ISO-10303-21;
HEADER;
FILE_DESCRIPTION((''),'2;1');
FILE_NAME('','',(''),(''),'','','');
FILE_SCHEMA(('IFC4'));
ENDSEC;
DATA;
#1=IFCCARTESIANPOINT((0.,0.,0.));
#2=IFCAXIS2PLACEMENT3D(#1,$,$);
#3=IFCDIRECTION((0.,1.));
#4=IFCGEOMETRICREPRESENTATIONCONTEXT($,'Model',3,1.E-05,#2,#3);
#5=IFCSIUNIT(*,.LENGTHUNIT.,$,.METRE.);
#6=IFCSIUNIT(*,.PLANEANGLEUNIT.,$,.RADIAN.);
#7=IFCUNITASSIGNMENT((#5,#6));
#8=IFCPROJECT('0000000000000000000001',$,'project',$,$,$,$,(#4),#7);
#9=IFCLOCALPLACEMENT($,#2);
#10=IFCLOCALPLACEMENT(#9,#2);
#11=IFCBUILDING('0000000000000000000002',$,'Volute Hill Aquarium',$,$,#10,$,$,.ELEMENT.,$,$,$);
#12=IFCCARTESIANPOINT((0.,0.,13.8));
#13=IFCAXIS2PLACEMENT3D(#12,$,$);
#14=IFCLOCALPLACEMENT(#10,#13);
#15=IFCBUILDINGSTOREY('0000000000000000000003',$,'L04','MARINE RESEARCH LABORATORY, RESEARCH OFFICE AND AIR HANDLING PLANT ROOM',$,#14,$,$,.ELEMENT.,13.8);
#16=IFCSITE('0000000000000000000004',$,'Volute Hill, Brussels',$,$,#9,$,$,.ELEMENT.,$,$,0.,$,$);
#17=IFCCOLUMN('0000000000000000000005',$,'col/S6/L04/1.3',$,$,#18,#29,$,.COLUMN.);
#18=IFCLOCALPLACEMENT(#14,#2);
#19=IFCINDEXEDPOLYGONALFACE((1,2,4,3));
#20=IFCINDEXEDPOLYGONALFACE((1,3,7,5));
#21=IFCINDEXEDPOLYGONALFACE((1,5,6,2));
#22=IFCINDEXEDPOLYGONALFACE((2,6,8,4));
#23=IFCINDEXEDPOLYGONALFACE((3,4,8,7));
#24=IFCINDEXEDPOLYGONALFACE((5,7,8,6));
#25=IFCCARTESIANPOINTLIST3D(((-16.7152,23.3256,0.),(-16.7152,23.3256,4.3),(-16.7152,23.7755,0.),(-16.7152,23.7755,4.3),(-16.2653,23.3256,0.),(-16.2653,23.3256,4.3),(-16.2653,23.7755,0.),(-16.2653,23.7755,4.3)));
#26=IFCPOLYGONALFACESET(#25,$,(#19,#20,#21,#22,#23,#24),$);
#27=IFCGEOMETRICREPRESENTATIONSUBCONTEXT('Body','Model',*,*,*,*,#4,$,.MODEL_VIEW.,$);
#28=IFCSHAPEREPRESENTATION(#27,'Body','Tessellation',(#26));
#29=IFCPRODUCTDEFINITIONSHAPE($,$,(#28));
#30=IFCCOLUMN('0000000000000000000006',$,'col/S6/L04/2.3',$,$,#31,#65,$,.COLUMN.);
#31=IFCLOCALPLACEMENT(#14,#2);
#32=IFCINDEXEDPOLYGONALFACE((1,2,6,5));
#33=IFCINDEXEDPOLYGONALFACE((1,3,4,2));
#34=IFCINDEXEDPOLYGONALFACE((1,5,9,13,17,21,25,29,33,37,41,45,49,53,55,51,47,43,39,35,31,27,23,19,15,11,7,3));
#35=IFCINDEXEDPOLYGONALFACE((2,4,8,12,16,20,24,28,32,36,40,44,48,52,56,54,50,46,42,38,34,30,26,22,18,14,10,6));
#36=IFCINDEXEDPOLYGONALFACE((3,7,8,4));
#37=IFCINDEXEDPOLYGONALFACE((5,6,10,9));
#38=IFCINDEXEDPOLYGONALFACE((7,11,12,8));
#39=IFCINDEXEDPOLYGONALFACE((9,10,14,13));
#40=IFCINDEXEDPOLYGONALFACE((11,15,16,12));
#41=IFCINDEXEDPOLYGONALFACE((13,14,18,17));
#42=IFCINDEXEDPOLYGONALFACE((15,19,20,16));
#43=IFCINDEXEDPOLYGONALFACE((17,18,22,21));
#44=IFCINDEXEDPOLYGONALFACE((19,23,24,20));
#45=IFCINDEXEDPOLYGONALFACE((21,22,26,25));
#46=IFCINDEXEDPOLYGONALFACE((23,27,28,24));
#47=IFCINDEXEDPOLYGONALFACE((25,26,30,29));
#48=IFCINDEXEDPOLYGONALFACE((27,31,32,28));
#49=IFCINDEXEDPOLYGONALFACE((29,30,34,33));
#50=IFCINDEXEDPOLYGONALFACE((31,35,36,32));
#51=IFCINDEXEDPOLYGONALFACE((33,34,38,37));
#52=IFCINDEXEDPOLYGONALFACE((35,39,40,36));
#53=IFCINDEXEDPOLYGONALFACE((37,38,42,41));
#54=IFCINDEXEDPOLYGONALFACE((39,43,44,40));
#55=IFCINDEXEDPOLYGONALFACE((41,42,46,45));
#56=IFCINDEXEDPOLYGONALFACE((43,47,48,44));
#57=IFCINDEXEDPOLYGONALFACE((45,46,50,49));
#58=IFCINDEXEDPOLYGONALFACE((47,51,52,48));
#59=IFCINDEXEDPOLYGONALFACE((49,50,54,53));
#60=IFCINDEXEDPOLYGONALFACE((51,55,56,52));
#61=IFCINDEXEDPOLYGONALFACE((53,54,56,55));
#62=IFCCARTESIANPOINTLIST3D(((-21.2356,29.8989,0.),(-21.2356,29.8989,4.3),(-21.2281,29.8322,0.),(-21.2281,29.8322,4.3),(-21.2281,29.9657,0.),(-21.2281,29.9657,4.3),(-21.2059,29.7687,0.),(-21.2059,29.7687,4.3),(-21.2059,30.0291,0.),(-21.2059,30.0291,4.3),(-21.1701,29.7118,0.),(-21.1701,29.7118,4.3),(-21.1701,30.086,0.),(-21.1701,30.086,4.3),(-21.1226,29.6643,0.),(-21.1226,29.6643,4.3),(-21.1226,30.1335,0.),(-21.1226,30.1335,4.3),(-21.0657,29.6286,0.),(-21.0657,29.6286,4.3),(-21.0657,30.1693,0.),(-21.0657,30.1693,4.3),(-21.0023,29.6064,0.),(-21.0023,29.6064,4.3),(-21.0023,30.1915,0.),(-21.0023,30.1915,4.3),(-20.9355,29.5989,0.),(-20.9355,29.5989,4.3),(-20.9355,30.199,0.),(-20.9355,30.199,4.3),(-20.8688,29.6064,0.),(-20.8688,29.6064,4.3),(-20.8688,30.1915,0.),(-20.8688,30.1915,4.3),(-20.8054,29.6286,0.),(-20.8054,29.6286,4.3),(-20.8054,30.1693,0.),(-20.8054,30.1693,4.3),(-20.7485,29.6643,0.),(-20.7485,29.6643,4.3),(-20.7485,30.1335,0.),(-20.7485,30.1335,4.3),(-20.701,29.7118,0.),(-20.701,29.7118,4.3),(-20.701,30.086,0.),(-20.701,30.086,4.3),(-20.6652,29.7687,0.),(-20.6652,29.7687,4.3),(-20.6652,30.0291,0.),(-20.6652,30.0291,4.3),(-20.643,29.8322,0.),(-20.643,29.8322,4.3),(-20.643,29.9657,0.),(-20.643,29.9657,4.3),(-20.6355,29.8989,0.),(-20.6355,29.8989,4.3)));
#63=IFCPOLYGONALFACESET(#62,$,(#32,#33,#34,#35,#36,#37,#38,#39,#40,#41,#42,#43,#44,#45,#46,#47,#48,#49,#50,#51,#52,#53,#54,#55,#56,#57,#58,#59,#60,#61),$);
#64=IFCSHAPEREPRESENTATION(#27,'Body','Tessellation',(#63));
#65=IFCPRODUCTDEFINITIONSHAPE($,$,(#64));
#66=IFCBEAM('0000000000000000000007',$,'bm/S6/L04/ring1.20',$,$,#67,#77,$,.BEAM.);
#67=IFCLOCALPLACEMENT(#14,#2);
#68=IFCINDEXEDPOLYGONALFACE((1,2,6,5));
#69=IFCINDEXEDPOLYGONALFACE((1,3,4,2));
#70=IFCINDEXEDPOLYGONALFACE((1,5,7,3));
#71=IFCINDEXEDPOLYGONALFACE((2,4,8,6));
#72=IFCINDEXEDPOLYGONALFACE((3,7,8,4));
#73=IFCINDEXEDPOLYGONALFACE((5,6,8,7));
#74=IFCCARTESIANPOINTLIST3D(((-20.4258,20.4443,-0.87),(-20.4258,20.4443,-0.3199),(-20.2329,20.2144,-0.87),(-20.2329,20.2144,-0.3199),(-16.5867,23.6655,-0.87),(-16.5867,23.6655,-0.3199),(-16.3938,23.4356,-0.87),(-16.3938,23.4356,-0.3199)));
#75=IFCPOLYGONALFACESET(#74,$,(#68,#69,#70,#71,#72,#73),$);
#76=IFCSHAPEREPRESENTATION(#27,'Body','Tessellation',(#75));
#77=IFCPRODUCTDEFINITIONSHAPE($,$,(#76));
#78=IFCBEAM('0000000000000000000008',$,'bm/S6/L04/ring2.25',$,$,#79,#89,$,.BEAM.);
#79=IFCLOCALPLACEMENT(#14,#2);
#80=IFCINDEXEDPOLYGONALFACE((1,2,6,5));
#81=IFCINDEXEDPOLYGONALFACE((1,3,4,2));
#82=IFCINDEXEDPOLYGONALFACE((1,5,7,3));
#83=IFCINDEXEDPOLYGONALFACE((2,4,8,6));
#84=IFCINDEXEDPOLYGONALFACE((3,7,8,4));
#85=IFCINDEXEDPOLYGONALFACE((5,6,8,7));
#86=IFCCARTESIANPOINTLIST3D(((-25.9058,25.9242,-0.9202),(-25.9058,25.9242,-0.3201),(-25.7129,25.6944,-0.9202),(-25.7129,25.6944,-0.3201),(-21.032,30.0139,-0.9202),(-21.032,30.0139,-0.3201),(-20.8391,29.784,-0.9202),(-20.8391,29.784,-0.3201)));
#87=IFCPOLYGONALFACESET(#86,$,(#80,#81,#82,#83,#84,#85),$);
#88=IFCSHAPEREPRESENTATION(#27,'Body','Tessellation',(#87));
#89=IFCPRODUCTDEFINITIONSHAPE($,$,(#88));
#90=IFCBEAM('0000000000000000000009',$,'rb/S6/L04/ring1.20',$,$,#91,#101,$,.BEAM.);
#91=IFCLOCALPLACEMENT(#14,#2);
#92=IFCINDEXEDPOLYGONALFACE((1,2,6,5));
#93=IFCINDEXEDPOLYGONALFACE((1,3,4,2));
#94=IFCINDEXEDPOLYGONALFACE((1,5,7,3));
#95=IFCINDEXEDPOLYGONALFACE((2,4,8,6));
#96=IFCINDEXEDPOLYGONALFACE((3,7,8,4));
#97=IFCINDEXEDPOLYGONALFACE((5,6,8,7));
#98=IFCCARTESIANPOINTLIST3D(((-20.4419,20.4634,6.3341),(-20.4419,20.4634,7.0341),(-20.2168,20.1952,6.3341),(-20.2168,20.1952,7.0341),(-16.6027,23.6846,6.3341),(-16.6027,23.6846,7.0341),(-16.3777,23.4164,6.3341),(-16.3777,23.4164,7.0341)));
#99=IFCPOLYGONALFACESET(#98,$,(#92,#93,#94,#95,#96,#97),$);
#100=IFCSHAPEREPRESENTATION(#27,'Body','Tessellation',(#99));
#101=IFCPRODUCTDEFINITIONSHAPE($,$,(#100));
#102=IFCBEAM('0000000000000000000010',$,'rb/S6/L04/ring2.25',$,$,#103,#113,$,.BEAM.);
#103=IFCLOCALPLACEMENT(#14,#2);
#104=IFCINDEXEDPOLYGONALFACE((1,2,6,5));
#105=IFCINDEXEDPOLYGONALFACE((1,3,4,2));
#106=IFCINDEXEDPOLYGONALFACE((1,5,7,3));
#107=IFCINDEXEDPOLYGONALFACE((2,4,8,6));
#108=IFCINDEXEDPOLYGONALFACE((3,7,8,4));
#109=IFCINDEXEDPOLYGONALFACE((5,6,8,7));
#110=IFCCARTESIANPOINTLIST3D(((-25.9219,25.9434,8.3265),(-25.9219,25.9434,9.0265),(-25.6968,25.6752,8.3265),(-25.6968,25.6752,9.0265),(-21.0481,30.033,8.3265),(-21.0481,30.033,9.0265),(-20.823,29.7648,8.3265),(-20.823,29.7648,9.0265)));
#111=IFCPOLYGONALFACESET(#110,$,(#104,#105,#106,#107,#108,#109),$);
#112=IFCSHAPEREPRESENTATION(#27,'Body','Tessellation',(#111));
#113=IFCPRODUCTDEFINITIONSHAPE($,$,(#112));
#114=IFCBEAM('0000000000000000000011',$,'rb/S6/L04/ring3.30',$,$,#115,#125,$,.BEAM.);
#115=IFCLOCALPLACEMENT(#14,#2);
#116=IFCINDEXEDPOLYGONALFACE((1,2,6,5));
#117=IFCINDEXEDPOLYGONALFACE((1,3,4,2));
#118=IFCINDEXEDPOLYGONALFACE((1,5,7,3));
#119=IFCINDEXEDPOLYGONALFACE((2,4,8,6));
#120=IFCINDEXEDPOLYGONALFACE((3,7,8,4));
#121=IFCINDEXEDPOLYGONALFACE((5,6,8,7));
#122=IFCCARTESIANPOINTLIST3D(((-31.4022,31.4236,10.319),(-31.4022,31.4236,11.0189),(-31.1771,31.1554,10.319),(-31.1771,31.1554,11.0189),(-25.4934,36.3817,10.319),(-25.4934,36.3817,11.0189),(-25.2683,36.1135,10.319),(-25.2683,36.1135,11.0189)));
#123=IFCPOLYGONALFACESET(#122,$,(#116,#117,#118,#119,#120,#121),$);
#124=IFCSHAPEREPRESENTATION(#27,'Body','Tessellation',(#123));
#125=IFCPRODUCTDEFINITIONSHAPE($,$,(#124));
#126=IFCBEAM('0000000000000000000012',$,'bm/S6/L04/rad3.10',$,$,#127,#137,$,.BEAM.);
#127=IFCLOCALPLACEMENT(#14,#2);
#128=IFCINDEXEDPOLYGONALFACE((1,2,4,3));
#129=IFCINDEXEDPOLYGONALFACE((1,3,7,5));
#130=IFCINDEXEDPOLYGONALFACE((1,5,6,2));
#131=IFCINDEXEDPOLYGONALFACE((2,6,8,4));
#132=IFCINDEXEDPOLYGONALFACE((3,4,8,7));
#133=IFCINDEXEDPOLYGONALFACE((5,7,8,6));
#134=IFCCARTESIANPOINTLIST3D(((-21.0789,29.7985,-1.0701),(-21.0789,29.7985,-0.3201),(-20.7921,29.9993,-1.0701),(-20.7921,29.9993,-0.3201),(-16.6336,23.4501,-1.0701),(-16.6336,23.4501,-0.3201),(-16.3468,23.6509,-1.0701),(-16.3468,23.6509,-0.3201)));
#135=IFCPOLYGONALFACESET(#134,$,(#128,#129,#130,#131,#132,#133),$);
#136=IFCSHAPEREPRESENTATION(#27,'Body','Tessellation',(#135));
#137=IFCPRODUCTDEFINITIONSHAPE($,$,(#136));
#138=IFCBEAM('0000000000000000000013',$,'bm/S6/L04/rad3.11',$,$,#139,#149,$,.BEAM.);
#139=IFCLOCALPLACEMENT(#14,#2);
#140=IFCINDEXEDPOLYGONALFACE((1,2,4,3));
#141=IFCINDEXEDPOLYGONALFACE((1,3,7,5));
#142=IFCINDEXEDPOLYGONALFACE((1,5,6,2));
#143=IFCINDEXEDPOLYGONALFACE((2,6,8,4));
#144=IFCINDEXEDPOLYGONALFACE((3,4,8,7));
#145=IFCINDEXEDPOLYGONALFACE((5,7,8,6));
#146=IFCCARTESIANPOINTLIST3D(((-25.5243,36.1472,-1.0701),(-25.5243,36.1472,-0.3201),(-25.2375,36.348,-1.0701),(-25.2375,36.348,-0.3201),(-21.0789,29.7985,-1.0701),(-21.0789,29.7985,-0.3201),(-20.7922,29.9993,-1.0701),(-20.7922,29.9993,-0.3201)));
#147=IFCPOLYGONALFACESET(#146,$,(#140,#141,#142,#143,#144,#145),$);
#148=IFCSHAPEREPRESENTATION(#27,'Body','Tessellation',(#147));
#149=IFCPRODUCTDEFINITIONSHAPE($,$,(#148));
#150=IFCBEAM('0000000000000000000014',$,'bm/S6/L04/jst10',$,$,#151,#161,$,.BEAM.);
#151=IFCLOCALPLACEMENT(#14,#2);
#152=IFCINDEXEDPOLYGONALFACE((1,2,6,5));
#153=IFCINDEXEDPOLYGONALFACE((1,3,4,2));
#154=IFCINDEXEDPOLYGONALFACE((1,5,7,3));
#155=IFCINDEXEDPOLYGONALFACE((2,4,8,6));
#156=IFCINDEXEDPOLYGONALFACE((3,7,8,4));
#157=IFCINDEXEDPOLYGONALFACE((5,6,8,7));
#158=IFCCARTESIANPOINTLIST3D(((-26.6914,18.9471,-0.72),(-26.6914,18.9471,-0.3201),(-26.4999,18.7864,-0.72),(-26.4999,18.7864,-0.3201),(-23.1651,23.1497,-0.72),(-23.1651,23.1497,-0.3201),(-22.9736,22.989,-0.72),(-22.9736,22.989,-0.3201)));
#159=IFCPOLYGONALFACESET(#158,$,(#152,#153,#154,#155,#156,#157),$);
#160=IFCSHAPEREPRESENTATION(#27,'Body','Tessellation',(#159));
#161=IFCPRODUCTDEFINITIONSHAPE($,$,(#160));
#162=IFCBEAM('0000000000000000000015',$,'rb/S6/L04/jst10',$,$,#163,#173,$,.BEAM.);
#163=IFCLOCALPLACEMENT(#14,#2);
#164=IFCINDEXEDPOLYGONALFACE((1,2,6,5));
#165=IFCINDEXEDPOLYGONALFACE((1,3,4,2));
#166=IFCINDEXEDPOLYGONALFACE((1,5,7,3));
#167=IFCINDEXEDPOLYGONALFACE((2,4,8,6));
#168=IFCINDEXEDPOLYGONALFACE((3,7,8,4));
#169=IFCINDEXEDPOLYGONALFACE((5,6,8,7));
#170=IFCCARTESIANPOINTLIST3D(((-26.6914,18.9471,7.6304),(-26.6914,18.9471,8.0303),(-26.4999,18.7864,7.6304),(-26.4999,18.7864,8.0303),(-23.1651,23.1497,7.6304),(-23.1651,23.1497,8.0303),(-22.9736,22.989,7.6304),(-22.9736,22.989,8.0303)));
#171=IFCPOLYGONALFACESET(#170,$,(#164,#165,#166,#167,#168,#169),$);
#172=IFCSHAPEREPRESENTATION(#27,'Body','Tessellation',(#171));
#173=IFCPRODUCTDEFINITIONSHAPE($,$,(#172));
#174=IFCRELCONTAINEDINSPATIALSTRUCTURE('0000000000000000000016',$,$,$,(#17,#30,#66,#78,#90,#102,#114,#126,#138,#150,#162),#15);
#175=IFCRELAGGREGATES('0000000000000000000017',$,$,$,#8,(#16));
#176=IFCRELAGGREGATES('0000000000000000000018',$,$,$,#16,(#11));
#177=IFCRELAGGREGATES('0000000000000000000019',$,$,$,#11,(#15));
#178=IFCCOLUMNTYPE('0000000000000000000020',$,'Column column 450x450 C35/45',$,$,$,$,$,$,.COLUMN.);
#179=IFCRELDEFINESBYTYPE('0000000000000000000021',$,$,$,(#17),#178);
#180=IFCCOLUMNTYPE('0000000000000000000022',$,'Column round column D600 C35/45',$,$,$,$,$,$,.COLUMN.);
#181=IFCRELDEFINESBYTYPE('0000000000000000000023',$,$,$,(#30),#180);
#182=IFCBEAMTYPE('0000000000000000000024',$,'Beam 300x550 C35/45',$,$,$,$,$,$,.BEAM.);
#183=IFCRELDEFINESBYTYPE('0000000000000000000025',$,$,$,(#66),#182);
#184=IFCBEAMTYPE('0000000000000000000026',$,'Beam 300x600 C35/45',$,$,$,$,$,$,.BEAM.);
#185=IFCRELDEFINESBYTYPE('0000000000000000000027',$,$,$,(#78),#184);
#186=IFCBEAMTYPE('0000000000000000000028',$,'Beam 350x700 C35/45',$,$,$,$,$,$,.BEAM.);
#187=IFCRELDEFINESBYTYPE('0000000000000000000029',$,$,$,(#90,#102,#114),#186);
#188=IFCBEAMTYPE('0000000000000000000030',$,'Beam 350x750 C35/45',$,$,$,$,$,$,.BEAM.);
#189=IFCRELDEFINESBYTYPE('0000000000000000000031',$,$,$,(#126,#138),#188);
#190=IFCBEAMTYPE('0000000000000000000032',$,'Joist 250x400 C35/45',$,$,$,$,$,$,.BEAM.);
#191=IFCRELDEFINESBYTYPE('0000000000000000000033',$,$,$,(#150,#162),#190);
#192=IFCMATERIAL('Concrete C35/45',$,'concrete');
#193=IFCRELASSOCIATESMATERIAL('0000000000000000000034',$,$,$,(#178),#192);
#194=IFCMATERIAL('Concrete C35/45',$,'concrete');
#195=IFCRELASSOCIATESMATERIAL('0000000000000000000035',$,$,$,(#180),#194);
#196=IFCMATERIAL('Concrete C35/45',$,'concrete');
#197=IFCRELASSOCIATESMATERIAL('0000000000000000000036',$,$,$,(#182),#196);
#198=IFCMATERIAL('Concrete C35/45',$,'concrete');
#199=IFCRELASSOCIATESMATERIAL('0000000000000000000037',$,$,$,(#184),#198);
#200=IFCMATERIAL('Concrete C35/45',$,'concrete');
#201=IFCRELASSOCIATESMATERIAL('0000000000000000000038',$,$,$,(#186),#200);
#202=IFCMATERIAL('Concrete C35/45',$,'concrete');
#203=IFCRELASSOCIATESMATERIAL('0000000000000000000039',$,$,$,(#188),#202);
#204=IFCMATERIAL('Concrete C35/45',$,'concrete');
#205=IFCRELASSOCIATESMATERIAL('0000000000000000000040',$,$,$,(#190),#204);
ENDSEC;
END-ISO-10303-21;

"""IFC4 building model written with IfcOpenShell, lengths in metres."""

from ifc_helpers import new_model, si_unit, direction, frame, origin, origin_2d, place, context, subcontext, project, spatial, rectangle, circle, extrude, material, material_profile, profile_set, type_object, element, save


model = new_model("IFC4")

# Units and contexts
model_context = context("Model", 3, precision=1e-05, world=origin(), true_north=direction((0.0, 1.0)))
body_context = subcontext(model_context, "Body", "Model", "MODEL_VIEW")
ifc_project = project(units=[si_unit("LENGTHUNIT", "METRE"), si_unit("PLANEANGLEUNIT", "RADIAN")], contexts=[model_context])

# Site, building, storey
site_placement = place(None, origin())
site = spatial("IfcSite", under=ifc_project, at=site_placement, Name="Volute Hill, Brussels", CompositionType="ELEMENT", RefElevation=0.0)
building_placement = place(site_placement, origin())
building = spatial("IfcBuilding", under=site, at=building_placement, Name="Volute Hill Aquarium", CompositionType="ELEMENT")
storey_placement = place(building_placement, frame((0.0, 0.0, 13.8)))
storey = spatial("IfcBuildingStorey", under=building, at=storey_placement, Name="L04", Description="MARINE RESEARCH LABORATORY, RESEARCH OFFICE AND AIR HANDLING PLANT ROOM", CompositionType="ELEMENT", Elevation=13.8)

# Columns
ifc_material_1 = material(Name="Concrete C35/45", Category="concrete")
ifc_material_profile_1 = material_profile(ifc_material_1, rectangle(XDim=0.45, YDim=0.45, at=origin_2d()), Name="RC column 450x450")
ifc_profile_set_1 = profile_set([ifc_material_profile_1], Name="Concrete C35/45")
column_type_1 = type_object("IfcColumnType", Name="Column column 450x450 C35/45", PredefinedType="COLUMN", material=ifc_profile_set_1)
column_1_placement = place(storey_placement, frame((-16.4902, 23.5505, 0.0), z_axis=(0.0, 0.0, 1.0), x_axis=(1.0, 0.0, 0.0)))
element("IfcColumn", 1, at=column_1_placement, inside=storey, type_object=column_type_1, Name="col/S6/L04/1.3", PredefinedType="COLUMN", context=body_context, shape_type="SweptSolid", body=[
    extrude(rectangle(XDim=0.45, YDim=0.45, at=origin_2d()), origin(), (0.0, 0.0, 1.0), 4.3),
])
ifc_material_2 = material(Name="Concrete C35/45", Category="concrete")
ifc_material_profile_2 = material_profile(ifc_material_2, circle(Radius=0.3, at=origin_2d()), Name="RC round column D600")
ifc_profile_set_2 = profile_set([ifc_material_profile_2], Name="Concrete C35/45")
column_type_2 = type_object("IfcColumnType", Name="Column round column D600 C35/45", PredefinedType="COLUMN", material=ifc_profile_set_2)
column_2_placement = place(storey_placement, frame((-20.9355, 29.8989, 0.0), z_axis=(0.0, 0.0, 1.0), x_axis=(1.0, 0.0, 0.0)))
element("IfcColumn", 2, at=column_2_placement, inside=storey, type_object=column_type_2, Name="col/S6/L04/2.3", PredefinedType="COLUMN", context=body_context, shape_type="SweptSolid", body=[
    extrude(circle(Radius=0.3, at=origin_2d()), origin(), (0.0, 0.0, 1.0), 4.3),
])

# Beams
ifc_material_3 = material(Name="Concrete C35/45", Category="concrete")
ifc_material_profile_3 = material_profile(ifc_material_3, rectangle(XDim=0.3, YDim=0.55, at=origin_2d()), Name="RC beam 300x550")
ifc_profile_set_3 = profile_set([ifc_material_profile_3], Name="Concrete C35/45")
beam_type_1 = type_object("IfcBeamType", Name="Beam 300x550 C35/45", PredefinedType="BEAM", material=ifc_profile_set_3)
beam_1_placement = place(storey_placement, frame((-16.4902, 23.5505, -0.595), z_axis=(-0.766065, -0.642764, 0.0), x_axis=(0.642764, -0.766065, 0.0)))
element("IfcBeam", 3, at=beam_1_placement, inside=storey, type_object=beam_type_1, Name="bm/S6/L04/ring1.20", PredefinedType="BEAM", context=body_context, shape_type="SweptSolid", body=[
    extrude(rectangle(XDim=0.3, YDim=0.55, at=origin_2d()), origin(), (0.0, 0.0, 1.0), 5.0115),
])
ifc_material_4 = material(Name="Concrete C35/45", Category="concrete")
ifc_material_profile_4 = material_profile(ifc_material_4, rectangle(XDim=0.3, YDim=0.6001, at=origin_2d()), Name="RC beam 300x600")
ifc_profile_set_4 = profile_set([ifc_material_profile_4], Name="Concrete C35/45")
beam_type_2 = type_object("IfcBeamType", Name="Beam 300x600 C35/45", PredefinedType="BEAM", material=ifc_profile_set_4)
beam_2_placement = place(storey_placement, frame((-20.9355, 29.8989, -0.6201), z_axis=(-0.766043, -0.642789, 0.0), x_axis=(0.642789, -0.766043, 0.0)))
element("IfcBeam", 4, at=beam_2_placement, inside=storey, type_object=beam_type_2, Name="bm/S6/L04/ring2.25", PredefinedType="BEAM", context=body_context, shape_type="SweptSolid", body=[
    extrude(rectangle(XDim=0.3, YDim=0.6001, at=origin_2d()), origin(), (0.0, 0.0, 1.0), 6.3623),
])
ifc_material_5 = material(Name="Concrete C35/45", Category="concrete")
ifc_material_profile_5 = material_profile(ifc_material_5, rectangle(XDim=0.3501, YDim=0.7, at=origin_2d()), Name="RC beam 350x700")
ifc_profile_set_5 = profile_set([ifc_material_profile_5], Name="Concrete C35/45")
beam_type_3 = type_object("IfcBeamType", Name="Beam 350x700 C35/45", PredefinedType="BEAM", material=ifc_profile_set_5)
beam_3_placement = place(storey_placement, frame((-16.4902, 23.5505, 6.6841), z_axis=(-0.766065, -0.642764, 0.0), x_axis=(0.642764, -0.766065, 0.0)))
element("IfcBeam", 5, at=beam_3_placement, inside=storey, type_object=beam_type_3, Name="rb/S6/L04/ring1.20", PredefinedType="BEAM", context=body_context, shape_type="SweptSolid", body=[
    extrude(rectangle(XDim=0.3501, YDim=0.7, at=origin_2d()), origin(), (0.0, 0.0, 1.0), 5.0115),
])
beam_4_placement = place(storey_placement, frame((-20.9355, 29.8989, 8.6765), z_axis=(-0.766043, -0.642789, 0.0), x_axis=(0.642789, -0.766043, 0.0)))
element("IfcBeam", 6, at=beam_4_placement, inside=storey, type_object=beam_type_3, Name="rb/S6/L04/ring2.25", PredefinedType="BEAM", context=body_context, shape_type="SweptSolid", body=[
    extrude(rectangle(XDim=0.3501, YDim=0.7, at=origin_2d()), origin(), (0.0, 0.0, 1.0), 6.3623),
])
beam_5_placement = place(storey_placement, frame((-25.3809, 36.2476, 10.6689), z_axis=(-0.766043, -0.64279, 0.0), x_axis=(0.64279, -0.766043, 0.0)))
element("IfcBeam", 7, at=beam_5_placement, inside=storey, type_object=beam_type_3, Name="rb/S6/L04/ring3.30", PredefinedType="BEAM", context=body_context, shape_type="SweptSolid", body=[
    extrude(rectangle(XDim=0.3501, YDim=0.7, at=origin_2d()), origin(), (0.0, 0.0, 1.0), 7.7134),
])
ifc_material_6 = material(Name="Concrete C35/45", Category="concrete")
ifc_material_profile_6 = material_profile(ifc_material_6, rectangle(XDim=0.3501, YDim=0.75, at=origin_2d()), Name="RC beam 350x750")
ifc_profile_set_6 = profile_set([ifc_material_profile_6], Name="Concrete C35/45")
beam_type_4 = type_object("IfcBeamType", Name="Beam 350x750 C35/45", PredefinedType="BEAM", material=ifc_profile_set_6)
beam_6_placement = place(storey_placement, frame((-16.4902, 23.5505, -0.6951), z_axis=(-0.573587, 0.819145, 0.0), x_axis=(-0.819145, -0.573587, 0.0)))
element("IfcBeam", 8, at=beam_6_placement, inside=storey, type_object=beam_type_4, Name="bm/S6/L04/rad3.10", PredefinedType="BEAM", context=body_context, shape_type="SweptSolid", body=[
    extrude(rectangle(XDim=0.3501, YDim=0.75, at=origin_2d()), origin(), (0.0, 0.0, 1.0), 7.75),
])
beam_7_placement = place(storey_placement, frame((-20.9355, 29.8989, -0.6951), z_axis=(-0.573572, 0.819155, 0.0), x_axis=(-0.819155, -0.573572, 0.0)))
element("IfcBeam", 9, at=beam_7_placement, inside=storey, type_object=beam_type_4, Name="bm/S6/L04/rad3.11", PredefinedType="BEAM", context=body_context, shape_type="SweptSolid", body=[
    extrude(rectangle(XDim=0.3501, YDim=0.75, at=origin_2d()), origin(), (0.0, 0.0, 1.0), 7.7502),
])
ifc_material_7 = material(Name="Concrete C35/45", Category="concrete")
ifc_material_profile_7 = material_profile(ifc_material_7, rectangle(XDim=0.25, YDim=0.3999, at=origin_2d()), Name="RC joist 250x400")
ifc_profile_set_7 = profile_set([ifc_material_profile_7], Name="Concrete C35/45")
beam_type_5 = type_object("IfcBeamType", Name="Joist 250x400 C35/45", PredefinedType="BEAM", material=ifc_profile_set_7)
for number, where, z_axis, x_axis, name in (
    (10, (-23.0693, 23.0693, -0.52), (-0.642781, -0.76605, 0.0), (0.76605, -0.642781, 0.0), "bm/S6/L04/jst10"),
    (11, (-23.0693, 23.0693, 7.8303), (-0.642781, -0.76605, 0.0), (0.76605, -0.642781, 0.0), "rb/S6/L04/jst10"),
):
    element("IfcBeam", number, at=place(storey_placement, frame(where, z_axis=z_axis, x_axis=x_axis)), inside=storey, type_object=beam_type_5, Name=name, PredefinedType="BEAM", context=body_context, shape_type="SweptSolid", body=[
        extrude(rectangle(XDim=0.25, YDim=0.3999, at=origin_2d()), origin(), (0.0, 0.0, 1.0), 5.4861),
    ])

save(model, "model.ifc")
